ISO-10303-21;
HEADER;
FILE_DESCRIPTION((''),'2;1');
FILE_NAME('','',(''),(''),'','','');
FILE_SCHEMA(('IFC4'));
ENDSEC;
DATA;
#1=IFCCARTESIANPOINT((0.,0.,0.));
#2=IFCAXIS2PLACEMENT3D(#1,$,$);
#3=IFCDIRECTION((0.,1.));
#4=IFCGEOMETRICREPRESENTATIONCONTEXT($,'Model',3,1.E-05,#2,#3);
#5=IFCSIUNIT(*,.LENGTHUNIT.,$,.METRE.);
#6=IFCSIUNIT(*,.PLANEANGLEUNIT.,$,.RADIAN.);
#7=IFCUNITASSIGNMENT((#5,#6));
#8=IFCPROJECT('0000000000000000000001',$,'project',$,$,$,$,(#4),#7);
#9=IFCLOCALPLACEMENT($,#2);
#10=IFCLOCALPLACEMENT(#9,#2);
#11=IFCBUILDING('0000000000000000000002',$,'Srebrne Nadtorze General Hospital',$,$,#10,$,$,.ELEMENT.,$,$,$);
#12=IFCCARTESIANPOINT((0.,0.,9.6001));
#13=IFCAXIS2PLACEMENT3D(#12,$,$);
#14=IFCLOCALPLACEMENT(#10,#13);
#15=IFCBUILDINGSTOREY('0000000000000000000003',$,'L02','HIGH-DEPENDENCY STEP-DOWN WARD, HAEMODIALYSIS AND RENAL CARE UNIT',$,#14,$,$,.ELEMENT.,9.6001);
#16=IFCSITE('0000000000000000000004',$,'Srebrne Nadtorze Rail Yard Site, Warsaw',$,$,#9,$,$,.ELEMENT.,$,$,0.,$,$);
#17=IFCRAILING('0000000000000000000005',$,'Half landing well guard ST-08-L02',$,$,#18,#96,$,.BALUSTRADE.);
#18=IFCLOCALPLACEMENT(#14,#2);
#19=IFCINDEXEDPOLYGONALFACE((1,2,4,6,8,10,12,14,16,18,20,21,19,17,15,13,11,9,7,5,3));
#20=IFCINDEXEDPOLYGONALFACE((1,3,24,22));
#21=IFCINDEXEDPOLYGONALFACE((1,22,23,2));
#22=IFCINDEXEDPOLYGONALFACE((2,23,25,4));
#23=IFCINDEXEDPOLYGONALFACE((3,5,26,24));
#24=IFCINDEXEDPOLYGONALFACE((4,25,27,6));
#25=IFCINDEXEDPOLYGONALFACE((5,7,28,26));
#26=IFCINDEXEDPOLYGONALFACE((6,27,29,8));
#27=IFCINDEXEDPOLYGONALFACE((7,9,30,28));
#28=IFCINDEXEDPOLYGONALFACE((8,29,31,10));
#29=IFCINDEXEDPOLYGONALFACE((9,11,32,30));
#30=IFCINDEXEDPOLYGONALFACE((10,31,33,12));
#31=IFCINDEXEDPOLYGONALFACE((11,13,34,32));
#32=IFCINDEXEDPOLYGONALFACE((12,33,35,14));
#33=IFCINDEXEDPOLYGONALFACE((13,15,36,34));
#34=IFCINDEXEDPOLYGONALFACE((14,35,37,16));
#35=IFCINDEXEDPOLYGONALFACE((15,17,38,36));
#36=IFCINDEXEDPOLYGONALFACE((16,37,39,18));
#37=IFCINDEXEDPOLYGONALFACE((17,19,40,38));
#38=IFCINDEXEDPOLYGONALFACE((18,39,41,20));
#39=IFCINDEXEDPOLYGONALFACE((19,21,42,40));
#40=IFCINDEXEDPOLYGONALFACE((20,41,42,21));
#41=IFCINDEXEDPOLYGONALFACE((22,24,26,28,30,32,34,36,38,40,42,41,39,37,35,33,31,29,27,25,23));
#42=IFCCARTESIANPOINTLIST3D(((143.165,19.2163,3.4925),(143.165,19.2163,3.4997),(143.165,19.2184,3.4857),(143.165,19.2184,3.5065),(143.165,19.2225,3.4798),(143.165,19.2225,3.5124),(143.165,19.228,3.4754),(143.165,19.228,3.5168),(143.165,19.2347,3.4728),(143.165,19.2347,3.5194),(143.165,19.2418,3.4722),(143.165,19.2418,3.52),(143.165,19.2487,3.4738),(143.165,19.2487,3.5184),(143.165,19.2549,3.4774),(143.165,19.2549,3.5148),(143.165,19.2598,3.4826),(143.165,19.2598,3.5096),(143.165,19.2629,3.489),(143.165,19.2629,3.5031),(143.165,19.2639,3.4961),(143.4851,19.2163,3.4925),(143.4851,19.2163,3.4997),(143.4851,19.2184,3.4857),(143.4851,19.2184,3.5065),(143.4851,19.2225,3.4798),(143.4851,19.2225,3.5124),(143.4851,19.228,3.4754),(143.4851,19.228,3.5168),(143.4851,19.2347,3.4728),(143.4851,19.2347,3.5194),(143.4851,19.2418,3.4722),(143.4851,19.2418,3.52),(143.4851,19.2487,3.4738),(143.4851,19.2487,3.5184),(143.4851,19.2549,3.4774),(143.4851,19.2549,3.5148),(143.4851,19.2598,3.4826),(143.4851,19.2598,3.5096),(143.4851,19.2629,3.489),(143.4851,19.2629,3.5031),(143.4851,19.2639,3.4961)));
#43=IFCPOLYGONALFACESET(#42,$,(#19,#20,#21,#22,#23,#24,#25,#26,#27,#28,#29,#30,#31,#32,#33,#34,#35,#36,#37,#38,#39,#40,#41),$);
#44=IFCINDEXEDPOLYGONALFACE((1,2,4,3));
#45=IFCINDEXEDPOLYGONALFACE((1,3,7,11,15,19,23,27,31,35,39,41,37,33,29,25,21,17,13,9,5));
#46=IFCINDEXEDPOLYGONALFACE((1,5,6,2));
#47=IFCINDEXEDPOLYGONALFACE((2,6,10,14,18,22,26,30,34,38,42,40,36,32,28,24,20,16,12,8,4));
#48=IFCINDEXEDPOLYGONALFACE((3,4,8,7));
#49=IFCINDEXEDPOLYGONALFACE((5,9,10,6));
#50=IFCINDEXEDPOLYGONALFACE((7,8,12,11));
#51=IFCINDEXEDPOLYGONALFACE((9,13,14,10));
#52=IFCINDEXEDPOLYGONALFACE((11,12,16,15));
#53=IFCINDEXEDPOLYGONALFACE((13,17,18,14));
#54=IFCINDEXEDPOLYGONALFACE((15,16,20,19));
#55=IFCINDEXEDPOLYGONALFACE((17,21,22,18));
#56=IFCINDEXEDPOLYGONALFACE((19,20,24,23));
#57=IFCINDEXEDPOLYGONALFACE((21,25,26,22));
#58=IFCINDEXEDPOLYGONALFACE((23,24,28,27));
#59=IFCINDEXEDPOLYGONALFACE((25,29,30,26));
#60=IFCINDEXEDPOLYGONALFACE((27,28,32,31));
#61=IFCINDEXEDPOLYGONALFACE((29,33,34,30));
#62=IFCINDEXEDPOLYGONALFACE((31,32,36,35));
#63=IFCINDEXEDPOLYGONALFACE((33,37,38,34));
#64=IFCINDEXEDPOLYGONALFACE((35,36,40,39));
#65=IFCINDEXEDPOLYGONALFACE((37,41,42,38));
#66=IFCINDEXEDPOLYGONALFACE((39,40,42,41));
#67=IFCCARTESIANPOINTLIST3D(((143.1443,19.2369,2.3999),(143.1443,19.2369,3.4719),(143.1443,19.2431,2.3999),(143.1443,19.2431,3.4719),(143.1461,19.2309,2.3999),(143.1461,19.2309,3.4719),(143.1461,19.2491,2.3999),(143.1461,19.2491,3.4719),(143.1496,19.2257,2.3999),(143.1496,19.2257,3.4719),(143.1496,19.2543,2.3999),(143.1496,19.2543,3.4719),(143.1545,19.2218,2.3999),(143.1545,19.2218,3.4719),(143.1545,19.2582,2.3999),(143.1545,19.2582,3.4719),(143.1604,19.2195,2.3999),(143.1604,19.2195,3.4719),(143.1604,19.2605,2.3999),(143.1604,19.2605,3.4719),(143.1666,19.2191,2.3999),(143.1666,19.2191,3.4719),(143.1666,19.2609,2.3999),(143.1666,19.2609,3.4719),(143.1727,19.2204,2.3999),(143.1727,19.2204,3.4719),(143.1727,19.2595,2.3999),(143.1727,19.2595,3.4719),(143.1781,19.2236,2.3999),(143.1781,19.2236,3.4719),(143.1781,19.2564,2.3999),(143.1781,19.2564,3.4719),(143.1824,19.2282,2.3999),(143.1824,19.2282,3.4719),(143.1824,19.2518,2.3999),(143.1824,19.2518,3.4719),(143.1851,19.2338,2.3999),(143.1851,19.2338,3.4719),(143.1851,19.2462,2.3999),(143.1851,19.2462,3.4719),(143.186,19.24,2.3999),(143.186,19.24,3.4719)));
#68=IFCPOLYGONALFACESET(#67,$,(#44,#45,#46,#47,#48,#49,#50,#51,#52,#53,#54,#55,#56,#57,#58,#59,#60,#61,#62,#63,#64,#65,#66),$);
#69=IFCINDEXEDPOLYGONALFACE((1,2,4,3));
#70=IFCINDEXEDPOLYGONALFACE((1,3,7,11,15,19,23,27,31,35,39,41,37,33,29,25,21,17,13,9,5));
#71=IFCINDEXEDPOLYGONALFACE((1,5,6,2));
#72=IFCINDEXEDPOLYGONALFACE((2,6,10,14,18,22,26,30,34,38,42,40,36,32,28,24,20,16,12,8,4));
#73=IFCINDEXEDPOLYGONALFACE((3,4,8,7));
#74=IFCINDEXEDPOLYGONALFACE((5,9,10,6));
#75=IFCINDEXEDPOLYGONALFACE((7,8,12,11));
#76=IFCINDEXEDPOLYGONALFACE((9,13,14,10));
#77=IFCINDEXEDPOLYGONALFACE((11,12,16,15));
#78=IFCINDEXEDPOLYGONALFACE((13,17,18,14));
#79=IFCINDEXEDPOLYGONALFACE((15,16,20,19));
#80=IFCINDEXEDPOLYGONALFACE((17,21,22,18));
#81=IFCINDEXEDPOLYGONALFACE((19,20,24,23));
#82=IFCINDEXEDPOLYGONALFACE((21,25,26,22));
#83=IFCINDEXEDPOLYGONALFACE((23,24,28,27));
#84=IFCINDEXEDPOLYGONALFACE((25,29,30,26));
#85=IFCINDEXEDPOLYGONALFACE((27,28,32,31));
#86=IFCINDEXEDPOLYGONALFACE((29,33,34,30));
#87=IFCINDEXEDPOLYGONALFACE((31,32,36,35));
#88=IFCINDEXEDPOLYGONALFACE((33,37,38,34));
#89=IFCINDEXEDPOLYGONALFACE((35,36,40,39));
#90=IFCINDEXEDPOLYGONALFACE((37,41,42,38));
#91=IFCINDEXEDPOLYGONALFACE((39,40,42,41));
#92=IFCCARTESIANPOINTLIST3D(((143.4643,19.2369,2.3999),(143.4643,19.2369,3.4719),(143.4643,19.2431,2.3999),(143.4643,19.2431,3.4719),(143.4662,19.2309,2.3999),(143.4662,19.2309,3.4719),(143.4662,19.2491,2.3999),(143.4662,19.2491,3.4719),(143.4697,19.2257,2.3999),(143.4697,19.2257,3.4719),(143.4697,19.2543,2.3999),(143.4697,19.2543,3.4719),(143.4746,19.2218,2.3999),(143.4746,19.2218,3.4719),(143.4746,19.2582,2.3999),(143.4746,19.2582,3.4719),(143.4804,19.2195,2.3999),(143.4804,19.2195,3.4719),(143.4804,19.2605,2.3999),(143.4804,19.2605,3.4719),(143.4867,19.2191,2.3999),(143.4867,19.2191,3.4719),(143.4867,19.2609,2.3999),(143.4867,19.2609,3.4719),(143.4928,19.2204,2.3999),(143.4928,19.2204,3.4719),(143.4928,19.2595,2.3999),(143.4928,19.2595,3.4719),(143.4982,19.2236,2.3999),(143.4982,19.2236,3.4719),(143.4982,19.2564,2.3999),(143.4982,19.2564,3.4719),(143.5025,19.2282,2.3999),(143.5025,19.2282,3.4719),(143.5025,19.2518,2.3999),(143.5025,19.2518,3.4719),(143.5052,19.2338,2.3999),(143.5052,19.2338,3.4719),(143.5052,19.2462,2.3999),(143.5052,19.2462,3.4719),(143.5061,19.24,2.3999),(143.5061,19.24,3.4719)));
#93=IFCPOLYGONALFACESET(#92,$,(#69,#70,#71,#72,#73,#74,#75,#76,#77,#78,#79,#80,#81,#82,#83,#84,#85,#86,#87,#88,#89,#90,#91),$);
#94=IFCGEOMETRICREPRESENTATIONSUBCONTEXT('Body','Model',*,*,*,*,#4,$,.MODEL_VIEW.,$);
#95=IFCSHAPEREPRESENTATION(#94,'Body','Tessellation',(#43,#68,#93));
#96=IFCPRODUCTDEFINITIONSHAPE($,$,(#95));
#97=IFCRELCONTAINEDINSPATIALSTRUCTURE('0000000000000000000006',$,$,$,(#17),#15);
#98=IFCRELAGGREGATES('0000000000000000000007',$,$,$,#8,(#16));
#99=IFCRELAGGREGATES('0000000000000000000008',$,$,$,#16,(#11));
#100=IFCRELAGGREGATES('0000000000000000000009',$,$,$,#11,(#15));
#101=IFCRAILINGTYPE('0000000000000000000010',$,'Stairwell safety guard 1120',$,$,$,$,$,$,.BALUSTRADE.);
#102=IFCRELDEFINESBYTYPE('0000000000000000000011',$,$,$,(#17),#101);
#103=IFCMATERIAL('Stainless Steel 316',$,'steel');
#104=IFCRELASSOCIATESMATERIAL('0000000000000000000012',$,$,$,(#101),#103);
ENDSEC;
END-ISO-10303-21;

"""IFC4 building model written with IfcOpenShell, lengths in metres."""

from ifc_helpers import new_model, si_unit, direction, frame, origin, origin_2d, place, context, subcontext, project, spatial, circle, extrude, material, type_object, element, save


model = new_model("IFC4")

# Units and contexts
model_context = context("Model", 3, precision=1e-05, world=origin(), true_north=direction((0.0, 1.0)))
body_context = subcontext(model_context, "Body", "Model", "MODEL_VIEW")
ifc_project = project(units=[si_unit("LENGTHUNIT", "METRE"), si_unit("PLANEANGLEUNIT", "RADIAN")], contexts=[model_context])

# Site, building, storey
site_placement = place(None, origin())
site = spatial("IfcSite", under=ifc_project, at=site_placement, Name="Srebrne Nadtorze Rail Yard Site, Warsaw", CompositionType="ELEMENT", RefElevation=0.0)
building_placement = place(site_placement, origin())
building = spatial("IfcBuilding", under=site, at=building_placement, Name="Srebrne Nadtorze General Hospital", CompositionType="ELEMENT")
storey_placement = place(building_placement, frame((0.0, 0.0, 9.6001)))
storey = spatial("IfcBuildingStorey", under=building, at=storey_placement, Name="L02", Description="HIGH-DEPENDENCY STEP-DOWN WARD, HAEMODIALYSIS AND RENAL CARE UNIT", CompositionType="ELEMENT", Elevation=9.6001)

# Railing
ifc_material_1 = material(Name="Stainless Steel 316", Category="steel")
railing_type_1 = type_object("IfcRailingType", Name="Stairwell safety guard 1120", PredefinedType="BALUSTRADE", material=ifc_material_1)
railing_1_placement = place(storey_placement, frame((143.165, 19.24, 2.3999)))
element("IfcRailing", 1, at=railing_1_placement, inside=storey, type_object=railing_type_1, Name="Half landing well guard ST-08-L02", PredefinedType="BALUSTRADE", context=body_context, shape_type="SweptSolid", body=[
    extrude(circle(Radius=0.0239, at=origin_2d()), frame((0.0, 0.0, 1.0962), z_axis=(1.0, 0.0, 0.0), x_axis=(0.0, 1.0, 0.0)), (0.0, 0.0, 1.0), 0.3201),
    extrude(circle(Radius=0.021, at=origin_2d()), origin(), (0.0, 0.0, 1.0), 1.072),
    extrude(circle(Radius=0.021, at=origin_2d()), frame((0.3201, 0.0, 0.0)), (0.0, 0.0, 1.0), 1.072),
])

save(model, "model.ifc")
